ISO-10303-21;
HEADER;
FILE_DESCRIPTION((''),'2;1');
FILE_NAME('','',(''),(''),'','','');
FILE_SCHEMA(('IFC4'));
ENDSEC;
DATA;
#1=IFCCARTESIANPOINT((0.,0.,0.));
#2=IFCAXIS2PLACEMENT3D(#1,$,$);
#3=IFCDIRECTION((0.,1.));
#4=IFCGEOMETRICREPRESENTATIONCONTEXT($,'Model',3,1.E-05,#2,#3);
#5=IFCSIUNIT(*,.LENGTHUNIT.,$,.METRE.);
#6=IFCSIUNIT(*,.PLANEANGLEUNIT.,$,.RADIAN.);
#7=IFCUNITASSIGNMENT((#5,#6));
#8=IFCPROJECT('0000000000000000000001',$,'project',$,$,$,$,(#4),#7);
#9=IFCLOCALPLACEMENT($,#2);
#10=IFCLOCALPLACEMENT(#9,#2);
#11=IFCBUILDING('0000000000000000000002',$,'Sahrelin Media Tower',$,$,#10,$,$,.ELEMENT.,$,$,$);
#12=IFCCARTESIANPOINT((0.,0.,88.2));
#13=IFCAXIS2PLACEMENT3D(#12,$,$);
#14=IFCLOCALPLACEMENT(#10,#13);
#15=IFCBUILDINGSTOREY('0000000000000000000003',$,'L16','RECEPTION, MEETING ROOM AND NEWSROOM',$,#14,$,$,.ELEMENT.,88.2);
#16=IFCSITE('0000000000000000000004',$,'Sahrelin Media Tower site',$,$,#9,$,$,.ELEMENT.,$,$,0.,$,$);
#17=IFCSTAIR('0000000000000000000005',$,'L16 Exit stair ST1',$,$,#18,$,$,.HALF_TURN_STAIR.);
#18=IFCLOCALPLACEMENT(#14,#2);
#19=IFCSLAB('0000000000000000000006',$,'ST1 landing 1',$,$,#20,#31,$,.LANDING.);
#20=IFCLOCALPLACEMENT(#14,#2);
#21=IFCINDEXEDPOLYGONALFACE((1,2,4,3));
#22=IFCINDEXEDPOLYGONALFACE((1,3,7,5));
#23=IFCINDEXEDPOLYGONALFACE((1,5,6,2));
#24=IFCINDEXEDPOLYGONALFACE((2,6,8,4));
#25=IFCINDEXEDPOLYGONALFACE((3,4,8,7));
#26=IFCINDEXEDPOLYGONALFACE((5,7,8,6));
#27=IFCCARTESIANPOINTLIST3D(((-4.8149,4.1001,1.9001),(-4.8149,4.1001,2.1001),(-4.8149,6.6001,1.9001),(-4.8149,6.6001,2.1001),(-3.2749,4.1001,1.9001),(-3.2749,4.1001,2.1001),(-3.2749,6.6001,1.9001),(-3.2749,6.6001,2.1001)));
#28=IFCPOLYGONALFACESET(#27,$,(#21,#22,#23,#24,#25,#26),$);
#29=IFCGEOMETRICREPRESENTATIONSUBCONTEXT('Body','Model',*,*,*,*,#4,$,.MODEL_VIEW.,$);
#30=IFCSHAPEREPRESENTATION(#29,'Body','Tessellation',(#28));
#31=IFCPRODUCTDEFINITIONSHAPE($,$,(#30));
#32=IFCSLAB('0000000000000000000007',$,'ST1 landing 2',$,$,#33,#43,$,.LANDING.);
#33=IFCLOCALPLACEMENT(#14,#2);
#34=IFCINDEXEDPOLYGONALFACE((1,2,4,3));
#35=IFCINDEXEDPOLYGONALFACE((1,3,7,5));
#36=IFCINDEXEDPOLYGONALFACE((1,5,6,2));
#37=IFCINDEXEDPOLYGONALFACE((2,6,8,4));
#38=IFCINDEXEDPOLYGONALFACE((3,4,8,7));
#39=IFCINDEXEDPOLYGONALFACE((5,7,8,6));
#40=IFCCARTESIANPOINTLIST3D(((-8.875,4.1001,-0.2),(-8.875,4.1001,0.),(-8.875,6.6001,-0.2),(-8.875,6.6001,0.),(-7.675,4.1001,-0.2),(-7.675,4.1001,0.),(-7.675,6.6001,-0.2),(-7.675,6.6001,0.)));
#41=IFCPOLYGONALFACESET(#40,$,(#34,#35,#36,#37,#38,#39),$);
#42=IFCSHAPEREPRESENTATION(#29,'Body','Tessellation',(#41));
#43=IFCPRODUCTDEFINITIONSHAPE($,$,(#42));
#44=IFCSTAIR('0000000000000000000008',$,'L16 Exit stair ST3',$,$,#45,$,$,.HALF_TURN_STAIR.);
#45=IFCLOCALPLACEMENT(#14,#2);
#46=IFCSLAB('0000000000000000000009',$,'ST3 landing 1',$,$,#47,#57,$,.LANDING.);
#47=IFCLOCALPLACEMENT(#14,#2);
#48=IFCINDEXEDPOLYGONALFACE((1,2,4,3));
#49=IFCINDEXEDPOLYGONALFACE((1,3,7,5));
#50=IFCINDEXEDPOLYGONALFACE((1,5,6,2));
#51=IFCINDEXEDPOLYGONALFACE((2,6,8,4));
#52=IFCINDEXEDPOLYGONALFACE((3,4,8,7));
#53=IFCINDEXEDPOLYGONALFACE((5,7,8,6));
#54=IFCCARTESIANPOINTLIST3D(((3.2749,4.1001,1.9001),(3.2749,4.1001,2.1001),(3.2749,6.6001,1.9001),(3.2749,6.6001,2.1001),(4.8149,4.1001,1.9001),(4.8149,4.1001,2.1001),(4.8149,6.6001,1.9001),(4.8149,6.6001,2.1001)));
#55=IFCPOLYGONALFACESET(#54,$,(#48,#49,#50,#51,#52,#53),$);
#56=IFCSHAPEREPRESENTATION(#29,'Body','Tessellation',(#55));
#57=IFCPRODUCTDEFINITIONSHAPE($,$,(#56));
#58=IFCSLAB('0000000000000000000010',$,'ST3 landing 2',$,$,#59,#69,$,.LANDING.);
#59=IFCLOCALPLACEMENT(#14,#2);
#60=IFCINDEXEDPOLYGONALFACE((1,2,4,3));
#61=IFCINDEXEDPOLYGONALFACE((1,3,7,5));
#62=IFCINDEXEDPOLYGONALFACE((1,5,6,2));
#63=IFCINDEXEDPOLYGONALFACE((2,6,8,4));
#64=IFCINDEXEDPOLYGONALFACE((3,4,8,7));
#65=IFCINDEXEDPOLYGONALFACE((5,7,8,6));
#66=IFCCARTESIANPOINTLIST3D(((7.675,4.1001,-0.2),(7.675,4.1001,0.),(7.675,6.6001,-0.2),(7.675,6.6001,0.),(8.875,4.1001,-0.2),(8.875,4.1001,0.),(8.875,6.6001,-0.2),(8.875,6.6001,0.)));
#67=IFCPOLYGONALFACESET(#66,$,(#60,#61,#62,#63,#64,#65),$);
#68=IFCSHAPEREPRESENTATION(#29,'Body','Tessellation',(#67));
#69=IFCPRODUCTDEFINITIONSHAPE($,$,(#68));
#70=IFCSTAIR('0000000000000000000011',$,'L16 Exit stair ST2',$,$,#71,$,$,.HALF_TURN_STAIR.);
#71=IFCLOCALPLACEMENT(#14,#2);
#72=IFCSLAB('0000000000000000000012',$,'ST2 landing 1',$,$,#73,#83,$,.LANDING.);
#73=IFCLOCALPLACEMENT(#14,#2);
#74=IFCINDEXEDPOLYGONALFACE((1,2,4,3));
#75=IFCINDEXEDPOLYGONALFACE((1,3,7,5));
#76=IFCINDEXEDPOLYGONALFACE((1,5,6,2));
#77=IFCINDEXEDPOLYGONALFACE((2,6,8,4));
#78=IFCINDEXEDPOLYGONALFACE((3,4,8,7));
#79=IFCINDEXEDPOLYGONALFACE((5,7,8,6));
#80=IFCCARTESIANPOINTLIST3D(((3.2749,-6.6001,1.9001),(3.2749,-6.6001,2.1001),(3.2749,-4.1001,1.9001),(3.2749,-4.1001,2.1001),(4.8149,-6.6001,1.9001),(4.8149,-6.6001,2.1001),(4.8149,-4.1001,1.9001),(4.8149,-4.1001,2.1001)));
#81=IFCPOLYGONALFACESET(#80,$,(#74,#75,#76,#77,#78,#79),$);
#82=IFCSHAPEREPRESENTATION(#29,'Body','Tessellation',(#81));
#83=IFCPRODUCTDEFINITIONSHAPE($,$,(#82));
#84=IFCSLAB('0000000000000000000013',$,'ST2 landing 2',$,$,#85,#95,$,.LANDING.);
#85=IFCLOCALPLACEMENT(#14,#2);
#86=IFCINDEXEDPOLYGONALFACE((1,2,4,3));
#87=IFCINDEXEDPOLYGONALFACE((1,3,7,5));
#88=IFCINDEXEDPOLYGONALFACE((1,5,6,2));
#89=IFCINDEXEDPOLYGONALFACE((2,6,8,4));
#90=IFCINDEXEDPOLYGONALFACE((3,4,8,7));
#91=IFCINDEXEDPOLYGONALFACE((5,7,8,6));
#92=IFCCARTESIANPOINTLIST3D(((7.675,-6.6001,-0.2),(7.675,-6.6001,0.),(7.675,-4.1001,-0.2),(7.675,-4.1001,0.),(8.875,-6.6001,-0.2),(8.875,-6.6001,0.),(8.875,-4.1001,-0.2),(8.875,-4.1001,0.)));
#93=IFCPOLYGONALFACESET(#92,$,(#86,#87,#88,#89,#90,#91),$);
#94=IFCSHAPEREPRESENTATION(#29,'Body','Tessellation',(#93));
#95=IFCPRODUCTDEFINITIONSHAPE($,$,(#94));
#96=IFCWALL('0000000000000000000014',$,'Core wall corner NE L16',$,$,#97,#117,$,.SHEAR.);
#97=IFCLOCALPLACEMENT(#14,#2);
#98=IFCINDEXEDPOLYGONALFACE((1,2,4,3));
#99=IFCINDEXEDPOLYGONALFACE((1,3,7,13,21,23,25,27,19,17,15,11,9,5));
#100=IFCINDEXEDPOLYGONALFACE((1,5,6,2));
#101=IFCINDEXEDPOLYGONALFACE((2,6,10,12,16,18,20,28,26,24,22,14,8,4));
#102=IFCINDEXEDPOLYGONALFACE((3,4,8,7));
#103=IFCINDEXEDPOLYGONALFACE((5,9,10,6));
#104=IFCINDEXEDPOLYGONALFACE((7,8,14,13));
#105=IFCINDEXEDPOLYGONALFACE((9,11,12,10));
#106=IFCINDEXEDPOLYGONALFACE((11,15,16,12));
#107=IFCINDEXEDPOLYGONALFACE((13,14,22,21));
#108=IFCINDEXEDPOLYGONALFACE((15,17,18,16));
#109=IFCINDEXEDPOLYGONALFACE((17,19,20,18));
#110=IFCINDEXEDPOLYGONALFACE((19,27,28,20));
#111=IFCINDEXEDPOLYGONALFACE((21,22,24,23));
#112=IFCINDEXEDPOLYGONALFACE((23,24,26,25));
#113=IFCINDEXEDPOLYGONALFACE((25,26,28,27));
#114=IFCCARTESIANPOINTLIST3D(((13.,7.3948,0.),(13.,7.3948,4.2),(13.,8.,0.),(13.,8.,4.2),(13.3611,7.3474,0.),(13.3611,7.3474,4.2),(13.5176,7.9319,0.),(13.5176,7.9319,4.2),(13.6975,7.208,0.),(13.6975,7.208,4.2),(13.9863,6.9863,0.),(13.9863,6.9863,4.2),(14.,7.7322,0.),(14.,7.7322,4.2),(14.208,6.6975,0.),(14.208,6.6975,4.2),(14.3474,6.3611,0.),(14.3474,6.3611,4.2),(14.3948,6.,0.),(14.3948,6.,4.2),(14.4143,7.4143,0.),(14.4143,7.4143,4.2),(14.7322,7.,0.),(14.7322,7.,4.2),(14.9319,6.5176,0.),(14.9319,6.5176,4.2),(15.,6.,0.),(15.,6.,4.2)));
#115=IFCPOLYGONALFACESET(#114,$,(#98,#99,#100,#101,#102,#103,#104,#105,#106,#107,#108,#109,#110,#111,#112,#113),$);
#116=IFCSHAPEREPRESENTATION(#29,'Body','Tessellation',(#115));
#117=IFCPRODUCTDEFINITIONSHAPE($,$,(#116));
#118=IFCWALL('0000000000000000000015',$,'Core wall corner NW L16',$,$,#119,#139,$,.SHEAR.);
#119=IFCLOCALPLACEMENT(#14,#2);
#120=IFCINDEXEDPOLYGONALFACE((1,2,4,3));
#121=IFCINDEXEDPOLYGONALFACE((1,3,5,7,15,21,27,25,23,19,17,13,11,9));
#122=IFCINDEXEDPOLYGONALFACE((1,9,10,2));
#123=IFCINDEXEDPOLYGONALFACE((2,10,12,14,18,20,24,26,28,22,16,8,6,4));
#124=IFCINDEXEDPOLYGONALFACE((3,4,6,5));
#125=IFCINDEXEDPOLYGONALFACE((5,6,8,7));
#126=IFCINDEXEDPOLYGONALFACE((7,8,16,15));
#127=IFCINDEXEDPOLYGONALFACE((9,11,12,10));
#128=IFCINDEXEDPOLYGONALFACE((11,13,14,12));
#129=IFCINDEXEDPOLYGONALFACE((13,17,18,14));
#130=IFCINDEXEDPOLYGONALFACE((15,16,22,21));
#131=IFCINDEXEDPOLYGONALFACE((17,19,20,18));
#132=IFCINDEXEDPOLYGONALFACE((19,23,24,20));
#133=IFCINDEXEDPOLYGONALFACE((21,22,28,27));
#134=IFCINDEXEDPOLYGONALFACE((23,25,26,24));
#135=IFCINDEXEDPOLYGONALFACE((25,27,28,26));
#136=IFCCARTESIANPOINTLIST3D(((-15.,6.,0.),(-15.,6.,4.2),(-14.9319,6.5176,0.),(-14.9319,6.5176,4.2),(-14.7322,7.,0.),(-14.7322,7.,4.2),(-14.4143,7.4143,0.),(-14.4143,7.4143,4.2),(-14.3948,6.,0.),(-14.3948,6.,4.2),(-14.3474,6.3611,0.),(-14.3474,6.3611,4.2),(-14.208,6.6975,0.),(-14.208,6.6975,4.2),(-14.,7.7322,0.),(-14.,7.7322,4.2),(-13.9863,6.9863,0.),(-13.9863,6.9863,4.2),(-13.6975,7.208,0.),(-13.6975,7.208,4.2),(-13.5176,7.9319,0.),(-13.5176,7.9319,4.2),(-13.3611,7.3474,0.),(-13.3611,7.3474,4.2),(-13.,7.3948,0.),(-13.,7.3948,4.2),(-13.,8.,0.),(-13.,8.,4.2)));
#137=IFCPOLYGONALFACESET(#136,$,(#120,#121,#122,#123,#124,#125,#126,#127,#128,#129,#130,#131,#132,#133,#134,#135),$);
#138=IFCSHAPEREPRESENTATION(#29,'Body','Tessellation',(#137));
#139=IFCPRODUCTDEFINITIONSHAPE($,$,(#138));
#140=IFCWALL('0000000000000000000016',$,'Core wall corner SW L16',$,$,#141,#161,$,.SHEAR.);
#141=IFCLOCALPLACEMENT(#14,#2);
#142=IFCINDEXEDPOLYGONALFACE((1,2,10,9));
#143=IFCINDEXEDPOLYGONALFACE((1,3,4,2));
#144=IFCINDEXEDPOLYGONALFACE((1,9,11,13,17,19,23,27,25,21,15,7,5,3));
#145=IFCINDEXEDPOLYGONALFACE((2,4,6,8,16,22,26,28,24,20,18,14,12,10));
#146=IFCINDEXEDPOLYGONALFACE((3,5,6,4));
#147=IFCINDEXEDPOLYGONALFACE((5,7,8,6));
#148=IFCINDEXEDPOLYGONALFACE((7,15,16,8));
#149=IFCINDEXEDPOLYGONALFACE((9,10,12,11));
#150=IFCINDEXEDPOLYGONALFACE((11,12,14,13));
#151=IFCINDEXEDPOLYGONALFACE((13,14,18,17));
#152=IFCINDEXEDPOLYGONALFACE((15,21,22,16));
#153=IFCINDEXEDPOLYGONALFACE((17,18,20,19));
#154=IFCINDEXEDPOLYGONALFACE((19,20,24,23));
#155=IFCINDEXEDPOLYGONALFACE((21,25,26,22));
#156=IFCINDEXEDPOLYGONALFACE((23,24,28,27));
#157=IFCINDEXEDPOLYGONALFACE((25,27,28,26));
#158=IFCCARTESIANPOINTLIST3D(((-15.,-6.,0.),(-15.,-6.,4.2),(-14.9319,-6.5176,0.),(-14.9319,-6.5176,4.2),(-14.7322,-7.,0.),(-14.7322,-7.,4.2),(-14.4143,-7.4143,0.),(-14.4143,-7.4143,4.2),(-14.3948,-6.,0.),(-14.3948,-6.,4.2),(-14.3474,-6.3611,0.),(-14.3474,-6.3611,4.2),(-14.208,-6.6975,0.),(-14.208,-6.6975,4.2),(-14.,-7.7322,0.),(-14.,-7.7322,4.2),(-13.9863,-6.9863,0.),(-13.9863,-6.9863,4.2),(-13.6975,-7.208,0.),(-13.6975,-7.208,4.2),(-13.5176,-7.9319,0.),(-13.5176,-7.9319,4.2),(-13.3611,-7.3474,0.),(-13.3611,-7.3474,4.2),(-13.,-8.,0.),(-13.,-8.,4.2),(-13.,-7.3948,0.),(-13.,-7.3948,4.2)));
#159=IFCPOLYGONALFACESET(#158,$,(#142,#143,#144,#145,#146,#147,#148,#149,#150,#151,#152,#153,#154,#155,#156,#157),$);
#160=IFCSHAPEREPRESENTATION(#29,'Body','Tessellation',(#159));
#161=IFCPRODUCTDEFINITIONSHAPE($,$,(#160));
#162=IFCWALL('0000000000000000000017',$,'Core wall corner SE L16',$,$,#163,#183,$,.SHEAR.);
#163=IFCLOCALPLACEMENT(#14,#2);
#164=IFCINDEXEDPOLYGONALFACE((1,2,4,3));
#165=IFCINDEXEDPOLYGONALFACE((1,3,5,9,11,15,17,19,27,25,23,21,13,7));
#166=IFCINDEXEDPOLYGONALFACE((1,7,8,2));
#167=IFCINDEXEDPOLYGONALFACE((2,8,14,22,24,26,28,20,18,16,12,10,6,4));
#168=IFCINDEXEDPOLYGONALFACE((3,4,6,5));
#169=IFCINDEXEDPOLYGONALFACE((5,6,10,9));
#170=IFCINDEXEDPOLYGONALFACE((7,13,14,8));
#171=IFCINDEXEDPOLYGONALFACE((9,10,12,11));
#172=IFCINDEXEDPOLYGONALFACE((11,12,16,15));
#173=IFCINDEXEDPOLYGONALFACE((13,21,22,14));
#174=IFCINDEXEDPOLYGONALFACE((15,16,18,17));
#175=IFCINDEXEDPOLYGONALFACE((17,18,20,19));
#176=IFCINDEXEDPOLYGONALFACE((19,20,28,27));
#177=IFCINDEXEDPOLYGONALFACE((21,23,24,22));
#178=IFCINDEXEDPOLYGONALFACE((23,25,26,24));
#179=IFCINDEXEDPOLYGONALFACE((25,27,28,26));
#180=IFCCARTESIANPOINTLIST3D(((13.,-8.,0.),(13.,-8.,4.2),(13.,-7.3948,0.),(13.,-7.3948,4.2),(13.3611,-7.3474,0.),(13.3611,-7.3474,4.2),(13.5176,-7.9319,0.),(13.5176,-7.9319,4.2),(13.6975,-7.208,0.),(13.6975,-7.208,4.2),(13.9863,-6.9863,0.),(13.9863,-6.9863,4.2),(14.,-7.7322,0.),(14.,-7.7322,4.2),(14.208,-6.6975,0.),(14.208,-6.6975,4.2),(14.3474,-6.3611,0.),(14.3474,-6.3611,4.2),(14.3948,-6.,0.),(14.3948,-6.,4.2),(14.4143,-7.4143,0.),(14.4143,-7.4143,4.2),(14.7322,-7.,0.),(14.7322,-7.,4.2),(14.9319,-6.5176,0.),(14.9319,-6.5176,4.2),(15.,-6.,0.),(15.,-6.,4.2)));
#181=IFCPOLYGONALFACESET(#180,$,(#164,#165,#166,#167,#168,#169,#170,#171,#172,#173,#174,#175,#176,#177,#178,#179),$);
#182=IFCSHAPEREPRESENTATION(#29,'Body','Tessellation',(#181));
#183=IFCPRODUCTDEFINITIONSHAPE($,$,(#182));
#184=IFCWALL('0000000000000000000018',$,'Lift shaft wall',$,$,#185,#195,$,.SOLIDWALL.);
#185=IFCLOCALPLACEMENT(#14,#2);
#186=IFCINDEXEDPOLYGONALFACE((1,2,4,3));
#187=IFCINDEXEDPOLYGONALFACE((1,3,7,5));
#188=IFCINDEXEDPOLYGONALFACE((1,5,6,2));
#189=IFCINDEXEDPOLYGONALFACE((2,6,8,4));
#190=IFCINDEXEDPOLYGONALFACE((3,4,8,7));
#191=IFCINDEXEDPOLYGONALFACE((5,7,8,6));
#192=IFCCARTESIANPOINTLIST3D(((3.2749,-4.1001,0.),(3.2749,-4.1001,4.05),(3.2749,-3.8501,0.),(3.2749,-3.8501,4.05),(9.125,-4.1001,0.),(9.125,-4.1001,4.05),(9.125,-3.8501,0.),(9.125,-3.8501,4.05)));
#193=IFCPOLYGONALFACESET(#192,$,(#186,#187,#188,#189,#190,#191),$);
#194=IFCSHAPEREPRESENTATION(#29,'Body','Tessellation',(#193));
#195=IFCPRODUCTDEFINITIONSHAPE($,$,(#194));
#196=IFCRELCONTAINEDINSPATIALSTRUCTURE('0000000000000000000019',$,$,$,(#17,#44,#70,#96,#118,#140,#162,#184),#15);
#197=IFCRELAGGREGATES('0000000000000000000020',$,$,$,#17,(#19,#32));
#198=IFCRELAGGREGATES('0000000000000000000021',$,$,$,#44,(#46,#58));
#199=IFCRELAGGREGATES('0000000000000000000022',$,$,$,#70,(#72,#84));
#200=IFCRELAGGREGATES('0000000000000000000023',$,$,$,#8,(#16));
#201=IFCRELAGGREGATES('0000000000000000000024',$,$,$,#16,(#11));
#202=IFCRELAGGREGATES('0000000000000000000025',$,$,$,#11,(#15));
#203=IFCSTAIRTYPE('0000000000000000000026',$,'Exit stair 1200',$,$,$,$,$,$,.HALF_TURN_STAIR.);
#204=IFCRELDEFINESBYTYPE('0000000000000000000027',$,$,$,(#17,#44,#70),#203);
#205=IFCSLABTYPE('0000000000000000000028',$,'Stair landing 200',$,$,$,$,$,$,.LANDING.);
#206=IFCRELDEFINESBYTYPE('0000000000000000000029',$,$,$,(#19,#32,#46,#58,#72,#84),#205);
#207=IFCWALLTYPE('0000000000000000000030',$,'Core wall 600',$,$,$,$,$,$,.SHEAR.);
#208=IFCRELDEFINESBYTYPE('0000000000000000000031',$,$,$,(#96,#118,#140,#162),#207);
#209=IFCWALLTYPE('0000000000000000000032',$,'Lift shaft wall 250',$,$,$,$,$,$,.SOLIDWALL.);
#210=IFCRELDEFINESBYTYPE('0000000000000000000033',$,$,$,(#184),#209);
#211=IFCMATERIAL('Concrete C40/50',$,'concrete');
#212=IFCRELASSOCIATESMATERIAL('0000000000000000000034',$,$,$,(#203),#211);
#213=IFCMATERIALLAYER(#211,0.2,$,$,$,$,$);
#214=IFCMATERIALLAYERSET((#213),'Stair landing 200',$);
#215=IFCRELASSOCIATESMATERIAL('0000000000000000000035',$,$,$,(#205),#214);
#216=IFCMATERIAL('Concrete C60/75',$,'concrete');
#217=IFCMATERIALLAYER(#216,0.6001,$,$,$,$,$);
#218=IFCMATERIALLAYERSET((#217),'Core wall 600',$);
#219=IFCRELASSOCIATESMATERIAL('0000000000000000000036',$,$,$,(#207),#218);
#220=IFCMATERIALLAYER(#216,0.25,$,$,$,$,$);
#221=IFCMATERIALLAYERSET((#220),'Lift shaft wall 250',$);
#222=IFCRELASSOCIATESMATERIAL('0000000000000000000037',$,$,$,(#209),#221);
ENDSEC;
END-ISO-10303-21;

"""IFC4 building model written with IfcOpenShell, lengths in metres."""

from ifc_helpers import new_model, si_unit, direction, frame, frame_2d, origin, place, context, subcontext, project, spatial, polyline, rectangle, outline, extrude, material, layer, layer_set, type_object, element, aggregate, save


model = new_model("IFC4")

# Units and contexts
model_context = context("Model", 3, precision=1e-05, world=origin(), true_north=direction((0.0, 1.0)))
body_context = subcontext(model_context, "Body", "Model", "MODEL_VIEW")
ifc_project = project(units=[si_unit("LENGTHUNIT", "METRE"), si_unit("PLANEANGLEUNIT", "RADIAN")], contexts=[model_context])

# Site, building, storey
site_placement = place(None, origin())
site = spatial("IfcSite", under=ifc_project, at=site_placement, Name="Sahrelin Media Tower site", CompositionType="ELEMENT", RefElevation=0.0)
building_placement = place(site_placement, origin())
building = spatial("IfcBuilding", under=site, at=building_placement, Name="Sahrelin Media Tower", CompositionType="ELEMENT")
storey_placement = place(building_placement, frame((0.0, 0.0, 88.2)))
storey = spatial("IfcBuildingStorey", under=building, at=storey_placement, Name="L16", Description="RECEPTION, MEETING ROOM AND NEWSROOM", CompositionType="ELEMENT", Elevation=88.2)

# Stairs, slabs
ifc_material_1 = material(Name="Concrete C40/50", Category="concrete")
stair_type = type_object("IfcStairType", Name="Exit stair 1200", PredefinedType="HALF_TURN_STAIR", material=ifc_material_1)
placement_1 = place(storey_placement, origin())
stair_1 = element("IfcStair", 1, at=placement_1, inside=storey, type_object=stair_type, Name="L16 Exit stair ST1", PredefinedType="HALF_TURN_STAIR")
ifc_layer_1 = layer(ifc_material_1, 0.2)
ifc_layer_set_1 = layer_set([ifc_layer_1], Name="Stair landing 200")
slab_type = type_object("IfcSlabType", Name="Stair landing 200", PredefinedType="LANDING", material=ifc_layer_set_1)
placement_2 = place(storey_placement, frame((0.0, 0.0, 1.9001)))
slab_1 = element("IfcSlab", 2, at=placement_2, type_object=slab_type, Name="ST1 landing 1", PredefinedType="LANDING", context=body_context, shape_type="SweptSolid", body=[
    extrude(outline(polyline([(-4.8149, 4.1001), (-3.2749, 4.1001), (-3.2749, 6.6001), (-4.8149, 6.6001), (-4.8149, 4.1001)])), origin(), (0.0, 0.0, 1.0), 0.2),
])
placement_3 = place(storey_placement, frame((0.0, 0.0, -0.2)))
slab_2 = element("IfcSlab", 3, at=placement_3, type_object=slab_type, Name="ST1 landing 2", PredefinedType="LANDING", context=body_context, shape_type="SweptSolid", body=[
    extrude(outline(polyline([(-8.875, 4.1001), (-7.675, 4.1001), (-7.675, 6.6001), (-8.875, 6.6001), (-8.875, 4.1001)])), origin(), (0.0, 0.0, 1.0), 0.2),
])
aggregate(stair_1, [slab_1, slab_2])
stair_2 = element("IfcStair", 4, at=placement_1, inside=storey, type_object=stair_type, Name="L16 Exit stair ST3", PredefinedType="HALF_TURN_STAIR")
slab_3 = element("IfcSlab", 5, at=placement_2, type_object=slab_type, Name="ST3 landing 1", PredefinedType="LANDING", context=body_context, shape_type="SweptSolid", body=[
    extrude(outline(polyline([(4.8149, 6.6001), (3.2749, 6.6001), (3.2749, 4.1001), (4.8149, 4.1001), (4.8149, 6.6001)])), origin(), (0.0, 0.0, 1.0), 0.2),
])
slab_4 = element("IfcSlab", 6, at=placement_3, type_object=slab_type, Name="ST3 landing 2", PredefinedType="LANDING", context=body_context, shape_type="SweptSolid", body=[
    extrude(outline(polyline([(8.875, 6.6001), (7.675, 6.6001), (7.675, 4.1001), (8.875, 4.1001), (8.875, 6.6001)])), origin(), (0.0, 0.0, 1.0), 0.2),
])
aggregate(stair_2, [slab_3, slab_4])
stair_3 = element("IfcStair", 7, at=placement_1, inside=storey, type_object=stair_type, Name="L16 Exit stair ST2", PredefinedType="HALF_TURN_STAIR")
slab_5 = element("IfcSlab", 8, at=placement_2, type_object=slab_type, Name="ST2 landing 1", PredefinedType="LANDING", context=body_context, shape_type="SweptSolid", body=[
    extrude(outline(polyline([(4.8149, -4.1001), (3.2749, -4.1001), (3.2749, -6.6001), (4.8149, -6.6001), (4.8149, -4.1001)])), origin(), (0.0, 0.0, 1.0), 0.2),
])
slab_6 = element("IfcSlab", 9, at=placement_3, type_object=slab_type, Name="ST2 landing 2", PredefinedType="LANDING", context=body_context, shape_type="SweptSolid", body=[
    extrude(outline(polyline([(8.875, -4.1001), (7.675, -4.1001), (7.675, -6.6001), (8.875, -6.6001), (8.875, -4.1001)])), origin(), (0.0, 0.0, 1.0), 0.2),
])
aggregate(stair_3, [slab_5, slab_6])

# Walls
ifc_material_2 = material(Name="Concrete C60/75", Category="concrete")
ifc_layer_2 = layer(ifc_material_2, 0.6001)
ifc_layer_set_2 = layer_set([ifc_layer_2], Name="Core wall 600")
wall_type_1 = type_object("IfcWallType", Name="Core wall 600", PredefinedType="SHEAR", material=ifc_layer_set_2)
element("IfcWall", 10, at=placement_1, inside=storey, type_object=wall_type_1, Name="Core wall corner NE L16", PredefinedType="SHEAR", context=body_context, shape_type="SweptSolid", body=[
    extrude(outline(polyline([(13.0, 8.0), (13.0, 7.3948), (13.3611, 7.3474), (13.6975, 7.208), (13.9863, 6.9863), (14.208, 6.6975), (14.3474, 6.3611), (14.3948, 6.0), (15.0, 6.0), (14.9319, 6.5176), (14.7322, 7.0), (14.4143, 7.4143), (14.0, 7.7322), (13.5176, 7.9319), (13.0, 8.0)])), origin(), (0.0, 0.0, 1.0), 4.2),
])
element("IfcWall", 11, at=placement_1, inside=storey, type_object=wall_type_1, Name="Core wall corner NW L16", PredefinedType="SHEAR", context=body_context, shape_type="SweptSolid", body=[
    extrude(outline(polyline([(-15.0, 6.0), (-14.3948, 6.0), (-14.3474, 6.3611), (-14.208, 6.6975), (-13.9863, 6.9863), (-13.6975, 7.208), (-13.3611, 7.3474), (-13.0, 7.3948), (-13.0, 8.0), (-13.5176, 7.9319), (-14.0, 7.7322), (-14.4143, 7.4143), (-14.7322, 7.0), (-14.9319, 6.5176), (-15.0, 6.0)])), origin(), (0.0, 0.0, 1.0), 4.2),
])
element("IfcWall", 12, at=placement_1, inside=storey, type_object=wall_type_1, Name="Core wall corner SW L16", PredefinedType="SHEAR", context=body_context, shape_type="SweptSolid", body=[
    extrude(outline(polyline([(-13.0, -8.0), (-13.0, -7.3948), (-13.3611, -7.3474), (-13.6975, -7.208), (-13.9863, -6.9863), (-14.208, -6.6975), (-14.3474, -6.3611), (-14.3948, -6.0), (-15.0, -6.0), (-14.9319, -6.5176), (-14.7322, -7.0), (-14.4143, -7.4143), (-14.0, -7.7322), (-13.5176, -7.9319), (-13.0, -8.0)])), origin(), (0.0, 0.0, 1.0), 4.2),
])
element("IfcWall", 13, at=placement_1, inside=storey, type_object=wall_type_1, Name="Core wall corner SE L16", PredefinedType="SHEAR", context=body_context, shape_type="SweptSolid", body=[
    extrude(outline(polyline([(15.0, -6.0), (14.3948, -6.0), (14.3474, -6.3611), (14.208, -6.6975), (13.9863, -6.9863), (13.6975, -7.208), (13.3611, -7.3474), (13.0, -7.3948), (13.0, -8.0), (13.5176, -7.9319), (14.0, -7.7322), (14.4143, -7.4143), (14.7322, -7.0), (14.9319, -6.5176), (15.0, -6.0)])), origin(), (0.0, 0.0, 1.0), 4.2),
])
ifc_layer_3 = layer(ifc_material_2, 0.25)
ifc_layer_set_3 = layer_set([ifc_layer_3], Name="Lift shaft wall 250")
wall_type_2 = type_object("IfcWallType", Name="Lift shaft wall 250", PredefinedType="SOLIDWALL", material=ifc_layer_set_3)
wall_1_placement = place(storey_placement, frame((3.2749, -3.9751, 0.0), z_axis=(0.0, 0.0, 1.0), x_axis=(1.0, 0.0, 0.0)))
element("IfcWall", 14, at=wall_1_placement, inside=storey, type_object=wall_type_2, Name="Lift shaft wall", PredefinedType="SOLIDWALL", context=body_context, shape_type="SweptSolid", body=[
    extrude(rectangle(XDim=5.8501, YDim=0.25, at=frame_2d((2.925, 0.0))), origin(), (0.0, 0.0, 1.0), 4.05),
])

save(model, "model.ifc")
